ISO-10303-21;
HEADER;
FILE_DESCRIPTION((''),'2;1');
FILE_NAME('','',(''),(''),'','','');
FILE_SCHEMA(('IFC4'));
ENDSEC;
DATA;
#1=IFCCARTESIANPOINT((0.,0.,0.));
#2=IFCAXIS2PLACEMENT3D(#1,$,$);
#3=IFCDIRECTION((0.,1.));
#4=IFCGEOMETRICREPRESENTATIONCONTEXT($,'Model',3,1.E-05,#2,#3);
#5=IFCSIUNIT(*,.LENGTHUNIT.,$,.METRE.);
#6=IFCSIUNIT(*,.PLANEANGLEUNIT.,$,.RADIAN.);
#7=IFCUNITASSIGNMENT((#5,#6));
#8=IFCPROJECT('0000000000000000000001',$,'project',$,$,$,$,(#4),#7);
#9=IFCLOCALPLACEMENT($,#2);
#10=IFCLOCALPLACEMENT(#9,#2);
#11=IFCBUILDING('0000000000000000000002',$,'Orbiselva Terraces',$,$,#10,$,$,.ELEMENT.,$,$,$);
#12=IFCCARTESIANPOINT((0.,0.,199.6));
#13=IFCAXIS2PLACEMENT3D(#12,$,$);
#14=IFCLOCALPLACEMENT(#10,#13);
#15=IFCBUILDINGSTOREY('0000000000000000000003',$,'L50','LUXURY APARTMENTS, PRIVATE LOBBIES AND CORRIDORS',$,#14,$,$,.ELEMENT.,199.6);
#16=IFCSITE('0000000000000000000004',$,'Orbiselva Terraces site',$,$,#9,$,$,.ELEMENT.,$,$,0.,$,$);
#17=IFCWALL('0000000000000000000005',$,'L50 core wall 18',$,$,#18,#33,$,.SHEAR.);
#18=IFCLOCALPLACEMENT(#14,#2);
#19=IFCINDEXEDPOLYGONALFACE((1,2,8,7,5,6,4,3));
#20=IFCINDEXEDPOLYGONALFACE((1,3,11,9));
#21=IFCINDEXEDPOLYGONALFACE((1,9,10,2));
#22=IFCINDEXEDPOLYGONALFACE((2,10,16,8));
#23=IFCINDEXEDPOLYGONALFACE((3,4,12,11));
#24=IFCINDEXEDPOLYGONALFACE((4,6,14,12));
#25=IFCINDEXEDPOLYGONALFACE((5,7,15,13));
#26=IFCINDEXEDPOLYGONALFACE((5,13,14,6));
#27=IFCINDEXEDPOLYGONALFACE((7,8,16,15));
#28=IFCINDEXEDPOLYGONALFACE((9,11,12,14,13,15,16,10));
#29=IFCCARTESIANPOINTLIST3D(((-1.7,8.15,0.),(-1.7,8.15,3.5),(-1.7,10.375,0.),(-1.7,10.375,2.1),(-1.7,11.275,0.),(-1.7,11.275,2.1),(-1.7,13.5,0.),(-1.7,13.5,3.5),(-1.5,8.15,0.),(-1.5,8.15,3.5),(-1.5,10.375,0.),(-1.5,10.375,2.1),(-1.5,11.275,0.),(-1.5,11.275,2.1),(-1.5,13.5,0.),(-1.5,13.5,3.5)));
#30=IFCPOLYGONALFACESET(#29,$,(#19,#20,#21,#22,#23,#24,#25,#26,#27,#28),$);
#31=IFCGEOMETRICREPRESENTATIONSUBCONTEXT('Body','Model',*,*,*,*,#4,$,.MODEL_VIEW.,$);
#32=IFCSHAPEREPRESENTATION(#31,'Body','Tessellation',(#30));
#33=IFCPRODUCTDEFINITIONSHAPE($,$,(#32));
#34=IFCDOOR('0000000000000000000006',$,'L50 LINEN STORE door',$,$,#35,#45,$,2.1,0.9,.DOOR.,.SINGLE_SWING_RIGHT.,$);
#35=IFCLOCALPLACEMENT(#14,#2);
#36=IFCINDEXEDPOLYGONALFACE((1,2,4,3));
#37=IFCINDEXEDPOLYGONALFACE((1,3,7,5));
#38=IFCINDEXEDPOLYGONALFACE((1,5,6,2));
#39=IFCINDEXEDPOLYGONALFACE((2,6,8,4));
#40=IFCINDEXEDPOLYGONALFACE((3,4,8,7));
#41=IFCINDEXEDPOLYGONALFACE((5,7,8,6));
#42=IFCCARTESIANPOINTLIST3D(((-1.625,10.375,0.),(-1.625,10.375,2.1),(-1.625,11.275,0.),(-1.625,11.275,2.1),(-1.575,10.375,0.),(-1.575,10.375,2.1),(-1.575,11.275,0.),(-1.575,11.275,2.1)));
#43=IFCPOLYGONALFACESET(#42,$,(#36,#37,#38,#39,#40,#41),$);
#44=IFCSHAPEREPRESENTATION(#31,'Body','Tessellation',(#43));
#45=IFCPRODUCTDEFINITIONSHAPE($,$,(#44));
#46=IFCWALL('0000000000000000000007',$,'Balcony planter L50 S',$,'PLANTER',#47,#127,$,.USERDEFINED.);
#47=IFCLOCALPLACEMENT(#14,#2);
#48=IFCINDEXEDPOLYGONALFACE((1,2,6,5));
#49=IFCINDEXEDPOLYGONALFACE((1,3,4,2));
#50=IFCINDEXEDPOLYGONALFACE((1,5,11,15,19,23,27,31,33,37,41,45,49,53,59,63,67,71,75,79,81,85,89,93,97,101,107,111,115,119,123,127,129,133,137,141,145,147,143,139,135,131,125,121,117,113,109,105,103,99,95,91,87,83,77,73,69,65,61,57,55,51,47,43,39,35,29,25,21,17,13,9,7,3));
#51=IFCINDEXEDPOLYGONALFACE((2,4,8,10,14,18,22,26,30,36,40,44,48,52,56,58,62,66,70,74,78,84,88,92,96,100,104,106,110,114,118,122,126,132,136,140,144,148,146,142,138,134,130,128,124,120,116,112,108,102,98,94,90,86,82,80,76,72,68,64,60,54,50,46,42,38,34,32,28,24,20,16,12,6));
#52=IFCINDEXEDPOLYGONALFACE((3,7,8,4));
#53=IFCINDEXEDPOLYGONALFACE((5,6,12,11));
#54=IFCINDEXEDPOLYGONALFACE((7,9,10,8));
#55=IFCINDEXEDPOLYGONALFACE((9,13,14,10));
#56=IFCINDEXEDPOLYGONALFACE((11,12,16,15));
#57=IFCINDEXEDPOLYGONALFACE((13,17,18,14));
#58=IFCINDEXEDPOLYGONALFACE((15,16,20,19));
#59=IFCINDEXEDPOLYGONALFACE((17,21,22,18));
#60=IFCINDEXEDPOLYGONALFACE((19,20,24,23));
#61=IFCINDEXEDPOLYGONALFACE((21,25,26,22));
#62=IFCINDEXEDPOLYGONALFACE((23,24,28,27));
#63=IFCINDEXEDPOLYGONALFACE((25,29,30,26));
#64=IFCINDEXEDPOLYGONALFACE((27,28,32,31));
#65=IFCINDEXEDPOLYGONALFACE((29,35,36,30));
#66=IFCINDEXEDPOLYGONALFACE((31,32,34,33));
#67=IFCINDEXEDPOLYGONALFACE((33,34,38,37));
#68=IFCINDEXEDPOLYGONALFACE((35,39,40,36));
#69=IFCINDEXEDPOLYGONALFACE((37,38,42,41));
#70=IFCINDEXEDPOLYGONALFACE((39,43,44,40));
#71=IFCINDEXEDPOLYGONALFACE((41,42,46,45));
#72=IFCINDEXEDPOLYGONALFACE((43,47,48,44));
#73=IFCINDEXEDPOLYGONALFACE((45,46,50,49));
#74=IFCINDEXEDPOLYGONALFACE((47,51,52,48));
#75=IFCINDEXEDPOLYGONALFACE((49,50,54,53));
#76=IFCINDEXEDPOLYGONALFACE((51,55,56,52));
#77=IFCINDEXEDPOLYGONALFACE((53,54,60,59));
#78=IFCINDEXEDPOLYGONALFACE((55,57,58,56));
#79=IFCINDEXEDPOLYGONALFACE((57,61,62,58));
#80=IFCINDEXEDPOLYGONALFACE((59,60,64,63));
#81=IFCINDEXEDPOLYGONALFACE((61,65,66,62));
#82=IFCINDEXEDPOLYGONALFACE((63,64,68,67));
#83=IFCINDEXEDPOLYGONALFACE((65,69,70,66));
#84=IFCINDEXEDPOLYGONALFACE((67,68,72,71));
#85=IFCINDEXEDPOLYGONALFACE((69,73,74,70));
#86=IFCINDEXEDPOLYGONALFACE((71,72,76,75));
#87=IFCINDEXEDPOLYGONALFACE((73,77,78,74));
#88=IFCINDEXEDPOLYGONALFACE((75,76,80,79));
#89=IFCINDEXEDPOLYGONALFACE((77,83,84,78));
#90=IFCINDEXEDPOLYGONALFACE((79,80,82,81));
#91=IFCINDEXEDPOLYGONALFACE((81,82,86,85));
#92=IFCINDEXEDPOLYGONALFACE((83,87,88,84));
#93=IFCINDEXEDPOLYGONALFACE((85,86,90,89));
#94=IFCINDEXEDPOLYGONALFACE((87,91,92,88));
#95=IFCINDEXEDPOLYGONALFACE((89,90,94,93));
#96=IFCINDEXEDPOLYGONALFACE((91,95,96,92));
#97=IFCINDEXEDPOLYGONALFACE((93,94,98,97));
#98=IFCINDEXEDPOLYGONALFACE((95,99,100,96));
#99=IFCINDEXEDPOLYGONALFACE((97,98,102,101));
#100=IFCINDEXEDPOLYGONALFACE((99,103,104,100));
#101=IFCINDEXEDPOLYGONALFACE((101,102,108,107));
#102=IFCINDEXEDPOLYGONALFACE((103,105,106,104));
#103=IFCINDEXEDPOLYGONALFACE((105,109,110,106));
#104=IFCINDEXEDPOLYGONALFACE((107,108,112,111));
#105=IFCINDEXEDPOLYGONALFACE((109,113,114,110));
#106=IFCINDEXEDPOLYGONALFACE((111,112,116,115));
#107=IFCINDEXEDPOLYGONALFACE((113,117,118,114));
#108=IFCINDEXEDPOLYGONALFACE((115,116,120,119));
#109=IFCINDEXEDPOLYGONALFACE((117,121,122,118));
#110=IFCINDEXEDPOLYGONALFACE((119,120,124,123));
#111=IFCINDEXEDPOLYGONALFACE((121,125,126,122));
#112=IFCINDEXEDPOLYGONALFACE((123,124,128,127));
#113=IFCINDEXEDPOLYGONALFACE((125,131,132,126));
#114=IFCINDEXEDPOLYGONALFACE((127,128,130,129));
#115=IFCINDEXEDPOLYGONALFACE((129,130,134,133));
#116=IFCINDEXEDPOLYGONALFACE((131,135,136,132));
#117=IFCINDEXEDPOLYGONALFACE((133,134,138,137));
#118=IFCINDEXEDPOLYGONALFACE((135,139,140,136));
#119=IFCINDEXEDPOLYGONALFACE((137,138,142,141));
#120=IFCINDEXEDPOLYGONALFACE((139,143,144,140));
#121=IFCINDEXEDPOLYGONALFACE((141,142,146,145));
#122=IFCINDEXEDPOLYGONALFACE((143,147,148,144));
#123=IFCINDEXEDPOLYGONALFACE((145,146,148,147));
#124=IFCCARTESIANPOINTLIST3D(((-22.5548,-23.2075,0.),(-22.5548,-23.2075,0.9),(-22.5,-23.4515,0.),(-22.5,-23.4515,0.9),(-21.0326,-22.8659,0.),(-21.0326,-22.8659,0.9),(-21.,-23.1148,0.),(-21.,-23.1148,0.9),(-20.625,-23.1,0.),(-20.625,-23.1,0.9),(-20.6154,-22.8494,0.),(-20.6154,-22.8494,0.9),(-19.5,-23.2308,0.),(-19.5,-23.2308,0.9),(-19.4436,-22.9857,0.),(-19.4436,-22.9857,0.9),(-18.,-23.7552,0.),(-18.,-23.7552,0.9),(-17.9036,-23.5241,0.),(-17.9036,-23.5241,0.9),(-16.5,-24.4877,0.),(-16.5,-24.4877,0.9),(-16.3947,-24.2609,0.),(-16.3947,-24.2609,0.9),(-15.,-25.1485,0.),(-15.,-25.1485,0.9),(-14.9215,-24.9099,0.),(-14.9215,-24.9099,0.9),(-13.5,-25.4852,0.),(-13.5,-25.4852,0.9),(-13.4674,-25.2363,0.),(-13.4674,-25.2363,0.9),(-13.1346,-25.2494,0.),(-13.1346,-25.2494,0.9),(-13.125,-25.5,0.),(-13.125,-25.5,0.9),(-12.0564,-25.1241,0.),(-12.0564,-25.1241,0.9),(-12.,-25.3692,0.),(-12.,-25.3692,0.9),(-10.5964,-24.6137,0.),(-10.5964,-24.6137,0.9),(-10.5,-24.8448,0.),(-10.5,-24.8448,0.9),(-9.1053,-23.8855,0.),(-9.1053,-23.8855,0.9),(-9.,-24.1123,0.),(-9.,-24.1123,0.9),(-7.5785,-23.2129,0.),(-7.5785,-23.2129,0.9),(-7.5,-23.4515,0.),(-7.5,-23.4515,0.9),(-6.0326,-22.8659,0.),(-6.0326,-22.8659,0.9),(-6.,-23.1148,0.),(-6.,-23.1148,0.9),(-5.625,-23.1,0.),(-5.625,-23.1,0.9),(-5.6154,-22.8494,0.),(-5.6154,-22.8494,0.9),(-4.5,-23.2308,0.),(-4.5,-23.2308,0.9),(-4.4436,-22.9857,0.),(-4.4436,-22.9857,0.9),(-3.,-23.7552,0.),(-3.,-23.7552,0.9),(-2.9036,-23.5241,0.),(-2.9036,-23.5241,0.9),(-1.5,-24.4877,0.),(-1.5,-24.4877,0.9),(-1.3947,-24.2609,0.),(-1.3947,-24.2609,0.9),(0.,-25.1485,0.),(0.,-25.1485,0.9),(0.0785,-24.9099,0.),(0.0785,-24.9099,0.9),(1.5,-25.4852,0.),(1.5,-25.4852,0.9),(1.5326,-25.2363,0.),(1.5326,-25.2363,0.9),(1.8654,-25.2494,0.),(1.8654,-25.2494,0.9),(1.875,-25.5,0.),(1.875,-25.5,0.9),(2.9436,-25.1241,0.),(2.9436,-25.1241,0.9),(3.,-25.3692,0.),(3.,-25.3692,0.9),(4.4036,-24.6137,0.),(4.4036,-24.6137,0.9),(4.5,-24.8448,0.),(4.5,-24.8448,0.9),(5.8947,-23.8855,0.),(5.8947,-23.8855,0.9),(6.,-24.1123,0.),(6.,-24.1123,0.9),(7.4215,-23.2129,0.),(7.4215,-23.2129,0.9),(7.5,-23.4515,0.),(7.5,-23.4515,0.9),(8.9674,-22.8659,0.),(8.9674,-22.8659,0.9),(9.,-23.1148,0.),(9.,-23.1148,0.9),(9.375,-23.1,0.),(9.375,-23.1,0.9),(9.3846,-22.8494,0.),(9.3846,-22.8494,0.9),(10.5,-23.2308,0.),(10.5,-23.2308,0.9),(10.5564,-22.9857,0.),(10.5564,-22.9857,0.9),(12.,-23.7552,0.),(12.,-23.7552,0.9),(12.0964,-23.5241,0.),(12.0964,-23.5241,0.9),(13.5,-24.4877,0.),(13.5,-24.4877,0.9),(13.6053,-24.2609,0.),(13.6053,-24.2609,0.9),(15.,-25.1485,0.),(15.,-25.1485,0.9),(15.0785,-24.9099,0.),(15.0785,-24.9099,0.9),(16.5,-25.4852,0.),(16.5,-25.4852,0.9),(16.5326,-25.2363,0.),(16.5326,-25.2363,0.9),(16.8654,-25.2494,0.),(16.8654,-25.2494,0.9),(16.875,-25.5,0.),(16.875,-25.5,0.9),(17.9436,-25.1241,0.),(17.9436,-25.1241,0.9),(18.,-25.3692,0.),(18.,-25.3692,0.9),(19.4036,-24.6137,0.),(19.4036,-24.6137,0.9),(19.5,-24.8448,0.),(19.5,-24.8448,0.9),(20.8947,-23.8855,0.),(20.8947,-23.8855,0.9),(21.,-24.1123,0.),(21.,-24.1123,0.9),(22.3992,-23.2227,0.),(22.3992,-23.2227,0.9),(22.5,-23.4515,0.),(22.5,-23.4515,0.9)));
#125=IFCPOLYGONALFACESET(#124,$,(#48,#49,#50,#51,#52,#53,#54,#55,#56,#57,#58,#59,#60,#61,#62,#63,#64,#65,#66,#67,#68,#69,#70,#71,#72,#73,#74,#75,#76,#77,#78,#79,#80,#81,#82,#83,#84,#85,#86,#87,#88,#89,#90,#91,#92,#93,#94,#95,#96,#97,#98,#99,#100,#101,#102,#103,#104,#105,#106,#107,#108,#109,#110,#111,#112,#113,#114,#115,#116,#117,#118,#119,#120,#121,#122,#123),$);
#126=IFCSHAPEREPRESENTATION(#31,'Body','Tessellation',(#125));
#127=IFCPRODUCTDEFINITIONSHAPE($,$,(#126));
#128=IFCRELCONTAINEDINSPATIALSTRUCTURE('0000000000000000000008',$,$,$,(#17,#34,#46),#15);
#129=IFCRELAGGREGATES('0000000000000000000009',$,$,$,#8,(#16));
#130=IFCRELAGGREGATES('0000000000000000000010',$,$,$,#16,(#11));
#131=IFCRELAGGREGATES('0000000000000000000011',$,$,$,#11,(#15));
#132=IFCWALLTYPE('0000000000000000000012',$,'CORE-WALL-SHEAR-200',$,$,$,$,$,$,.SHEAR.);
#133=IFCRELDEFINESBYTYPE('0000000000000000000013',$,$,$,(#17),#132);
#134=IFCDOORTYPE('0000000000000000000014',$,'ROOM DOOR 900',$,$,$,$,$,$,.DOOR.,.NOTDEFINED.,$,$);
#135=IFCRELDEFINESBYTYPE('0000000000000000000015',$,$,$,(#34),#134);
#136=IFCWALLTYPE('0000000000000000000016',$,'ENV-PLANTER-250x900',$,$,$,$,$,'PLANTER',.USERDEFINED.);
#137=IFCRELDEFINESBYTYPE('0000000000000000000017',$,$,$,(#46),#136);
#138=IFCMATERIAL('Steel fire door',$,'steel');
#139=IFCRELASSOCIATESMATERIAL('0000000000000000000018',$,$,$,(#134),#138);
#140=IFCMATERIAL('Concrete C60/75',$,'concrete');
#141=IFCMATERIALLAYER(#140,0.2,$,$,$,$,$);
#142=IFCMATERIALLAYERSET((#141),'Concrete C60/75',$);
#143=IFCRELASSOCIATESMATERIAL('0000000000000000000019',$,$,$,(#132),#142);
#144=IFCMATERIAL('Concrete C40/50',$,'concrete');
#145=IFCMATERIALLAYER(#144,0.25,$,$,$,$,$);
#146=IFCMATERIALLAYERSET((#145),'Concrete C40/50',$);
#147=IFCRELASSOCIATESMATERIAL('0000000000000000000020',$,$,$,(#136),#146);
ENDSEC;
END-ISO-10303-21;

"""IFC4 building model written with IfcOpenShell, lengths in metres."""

from ifc_helpers import new_model, si_unit, direction, frame, frame_2d, origin, place, context, subcontext, project, spatial, polyline, rectangle, outline, extrude, material, layer, layer_set, type_object, element, fill, save


model = new_model("IFC4")

# Units and contexts
model_context = context("Model", 3, precision=1e-05, world=origin(), true_north=direction((0.0, 1.0)))
body_context = subcontext(model_context, "Body", "Model", "MODEL_VIEW")
ifc_project = project(units=[si_unit("LENGTHUNIT", "METRE"), si_unit("PLANEANGLEUNIT", "RADIAN")], contexts=[model_context])

# Site, building, storey
site_placement = place(None, origin())
site = spatial("IfcSite", under=ifc_project, at=site_placement, Name="Orbiselva Terraces site", CompositionType="ELEMENT", RefElevation=0.0)
building_placement = place(site_placement, origin())
building = spatial("IfcBuilding", under=site, at=building_placement, Name="Orbiselva Terraces", CompositionType="ELEMENT")
storey_placement = place(building_placement, frame((0.0, 0.0, 199.6)))
storey = spatial("IfcBuildingStorey", under=building, at=storey_placement, Name="L50", Description="LUXURY APARTMENTS, PRIVATE LOBBIES AND CORRIDORS", CompositionType="ELEMENT", Elevation=199.6)

# Shared definitions
ifc_material_1 = material(Name="Steel fire door", Category="steel")
door_type = type_object("IfcDoorType", Name="ROOM DOOR 900", OperationType="NOTDEFINED", PredefinedType="DOOR", material=ifc_material_1)

# Shared definitions
ifc_material_2 = material(Name="Concrete C60/75", Category="concrete")
ifc_layer_1 = layer(ifc_material_2, 0.2)
ifc_layer_set_1 = layer_set([ifc_layer_1], Name="Concrete C60/75")
wall_type_1 = type_object("IfcWallType", Name="CORE-WALL-SHEAR-200", PredefinedType="SHEAR", material=ifc_layer_set_1)

# Wall, opening, door
wall_1_placement = place(storey_placement, frame((-1.6, 8.15, 0.0), z_axis=(0.0, 0.0, 1.0), x_axis=(0.0, 1.0, 0.0)))
wall_1 = element("IfcWall", 1, at=wall_1_placement, inside=storey, type_object=wall_type_1, Name="L50 core wall 18", PredefinedType="SHEAR", context=body_context, shape_type="SweptSolid", body=[
    extrude(rectangle(XDim=5.35, YDim=0.2, at=frame_2d((2.675, 0.0))), origin(), (0.0, 0.0, 1.0), 3.5),
])
opening_1_placement = place(wall_1_placement, frame((2.225, 0.0, 0.0)))
opening_1 = element("IfcOpeningElement", 2, at=opening_1_placement, cuts=wall_1, PredefinedType="OPENING", context=body_context, shape_type="SweptSolid", body=[
    extrude(rectangle(XDim=0.9, YDim=2.1, at=frame_2d((0.45, 1.05))), frame((0.0, 0.11, 0.0), z_axis=(0.0, -1.0, 0.0), x_axis=(1.0, 0.0, 0.0)), (0.0, 0.0, 1.0), 0.22),
])
door_1_placement = place(opening_1_placement, origin())
door_1 = element("IfcDoor", 3, at=door_1_placement, inside=storey, type_object=door_type, Name="L50 LINEN STORE door", OperationType="SINGLE_SWING_RIGHT", OverallHeight=2.1, OverallWidth=0.9, PredefinedType="DOOR", context=body_context, shape_type="SweptSolid", body=[
    extrude(rectangle(XDim=0.9, YDim=2.1, at=frame_2d((0.45, 1.05))), frame((0.0, 0.025, 0.0), z_axis=(0.0, -1.0, 0.0), x_axis=(1.0, 0.0, 0.0)), (0.0, 0.0, 1.0), 0.05),
])
fill(opening_1, door_1)

# Wall
ifc_material_3 = material(Name="Concrete C40/50", Category="concrete")
ifc_layer_2 = layer(ifc_material_3, 0.25)
ifc_layer_set_2 = layer_set([ifc_layer_2], Name="Concrete C40/50")
wall_type_2 = type_object("IfcWallType", Name="ENV-PLANTER-250x900", ElementType="PLANTER", PredefinedType="USERDEFINED", material=ifc_layer_set_2)
wall_2_placement = place(storey_placement, origin())
element("IfcWall", 4, at=wall_2_placement, inside=storey, type_object=wall_type_2, Name="Balcony planter L50 S", ObjectType="PLANTER", PredefinedType="USERDEFINED", context=body_context, shape_type="SweptSolid", body=[
    extrude(outline(polyline([(-22.5, -23.4515), (-21.0, -23.1148), (-20.625, -23.1), (-19.5, -23.2308), (-18.0, -23.7552), (-16.5, -24.4877), (-15.0, -25.1485), (-13.5, -25.4852), (-13.125, -25.5), (-12.0, -25.3692), (-10.5, -24.8448), (-9.0, -24.1123), (-7.5, -23.4515), (-6.0, -23.1148), (-5.625, -23.1), (-4.5, -23.2308), (-3.0, -23.7552), (-1.5, -24.4877), (0.0, -25.1485), (1.5, -25.4852), (1.875, -25.5), (3.0, -25.3692), (4.5, -24.8448), (6.0, -24.1123), (7.5, -23.4515), (9.0, -23.1148), (9.375, -23.1), (10.5, -23.2308), (12.0, -23.7552), (13.5, -24.4877), (15.0, -25.1485), (16.5, -25.4852), (16.875, -25.5), (18.0, -25.3692), (19.5, -24.8448), (21.0, -24.1123), (22.5, -23.4515), (22.3992, -23.2227), (20.8947, -23.8855), (19.4036, -24.6137), (17.9436, -25.1241), (16.8654, -25.2494), (16.5326, -25.2363), (15.0785, -24.9099), (13.6053, -24.2609), (12.0964, -23.5241), (10.5564, -22.9857), (9.3846, -22.8494), (8.9674, -22.8659), (7.4215, -23.2129), (5.8947, -23.8855), (4.4036, -24.6137), (2.9436, -25.1241), (1.8654, -25.2494), (1.5326, -25.2363), (0.0785, -24.9099), (-1.3947, -24.2609), (-2.9036, -23.5241), (-4.4436, -22.9857), (-5.6154, -22.8494), (-6.0326, -22.8659), (-7.5785, -23.2129), (-9.1053, -23.8855), (-10.5964, -24.6137), (-12.0564, -25.1241), (-13.1346, -25.2494), (-13.4674, -25.2363), (-14.9215, -24.9099), (-16.3947, -24.2609), (-17.9036, -23.5241), (-19.4436, -22.9857), (-20.6154, -22.8494), (-21.0326, -22.8659), (-22.5548, -23.2075), (-22.5, -23.4515)])), origin(), (0.0, 0.0, 1.0), 0.9),
])

save(model, "model.ifc")
